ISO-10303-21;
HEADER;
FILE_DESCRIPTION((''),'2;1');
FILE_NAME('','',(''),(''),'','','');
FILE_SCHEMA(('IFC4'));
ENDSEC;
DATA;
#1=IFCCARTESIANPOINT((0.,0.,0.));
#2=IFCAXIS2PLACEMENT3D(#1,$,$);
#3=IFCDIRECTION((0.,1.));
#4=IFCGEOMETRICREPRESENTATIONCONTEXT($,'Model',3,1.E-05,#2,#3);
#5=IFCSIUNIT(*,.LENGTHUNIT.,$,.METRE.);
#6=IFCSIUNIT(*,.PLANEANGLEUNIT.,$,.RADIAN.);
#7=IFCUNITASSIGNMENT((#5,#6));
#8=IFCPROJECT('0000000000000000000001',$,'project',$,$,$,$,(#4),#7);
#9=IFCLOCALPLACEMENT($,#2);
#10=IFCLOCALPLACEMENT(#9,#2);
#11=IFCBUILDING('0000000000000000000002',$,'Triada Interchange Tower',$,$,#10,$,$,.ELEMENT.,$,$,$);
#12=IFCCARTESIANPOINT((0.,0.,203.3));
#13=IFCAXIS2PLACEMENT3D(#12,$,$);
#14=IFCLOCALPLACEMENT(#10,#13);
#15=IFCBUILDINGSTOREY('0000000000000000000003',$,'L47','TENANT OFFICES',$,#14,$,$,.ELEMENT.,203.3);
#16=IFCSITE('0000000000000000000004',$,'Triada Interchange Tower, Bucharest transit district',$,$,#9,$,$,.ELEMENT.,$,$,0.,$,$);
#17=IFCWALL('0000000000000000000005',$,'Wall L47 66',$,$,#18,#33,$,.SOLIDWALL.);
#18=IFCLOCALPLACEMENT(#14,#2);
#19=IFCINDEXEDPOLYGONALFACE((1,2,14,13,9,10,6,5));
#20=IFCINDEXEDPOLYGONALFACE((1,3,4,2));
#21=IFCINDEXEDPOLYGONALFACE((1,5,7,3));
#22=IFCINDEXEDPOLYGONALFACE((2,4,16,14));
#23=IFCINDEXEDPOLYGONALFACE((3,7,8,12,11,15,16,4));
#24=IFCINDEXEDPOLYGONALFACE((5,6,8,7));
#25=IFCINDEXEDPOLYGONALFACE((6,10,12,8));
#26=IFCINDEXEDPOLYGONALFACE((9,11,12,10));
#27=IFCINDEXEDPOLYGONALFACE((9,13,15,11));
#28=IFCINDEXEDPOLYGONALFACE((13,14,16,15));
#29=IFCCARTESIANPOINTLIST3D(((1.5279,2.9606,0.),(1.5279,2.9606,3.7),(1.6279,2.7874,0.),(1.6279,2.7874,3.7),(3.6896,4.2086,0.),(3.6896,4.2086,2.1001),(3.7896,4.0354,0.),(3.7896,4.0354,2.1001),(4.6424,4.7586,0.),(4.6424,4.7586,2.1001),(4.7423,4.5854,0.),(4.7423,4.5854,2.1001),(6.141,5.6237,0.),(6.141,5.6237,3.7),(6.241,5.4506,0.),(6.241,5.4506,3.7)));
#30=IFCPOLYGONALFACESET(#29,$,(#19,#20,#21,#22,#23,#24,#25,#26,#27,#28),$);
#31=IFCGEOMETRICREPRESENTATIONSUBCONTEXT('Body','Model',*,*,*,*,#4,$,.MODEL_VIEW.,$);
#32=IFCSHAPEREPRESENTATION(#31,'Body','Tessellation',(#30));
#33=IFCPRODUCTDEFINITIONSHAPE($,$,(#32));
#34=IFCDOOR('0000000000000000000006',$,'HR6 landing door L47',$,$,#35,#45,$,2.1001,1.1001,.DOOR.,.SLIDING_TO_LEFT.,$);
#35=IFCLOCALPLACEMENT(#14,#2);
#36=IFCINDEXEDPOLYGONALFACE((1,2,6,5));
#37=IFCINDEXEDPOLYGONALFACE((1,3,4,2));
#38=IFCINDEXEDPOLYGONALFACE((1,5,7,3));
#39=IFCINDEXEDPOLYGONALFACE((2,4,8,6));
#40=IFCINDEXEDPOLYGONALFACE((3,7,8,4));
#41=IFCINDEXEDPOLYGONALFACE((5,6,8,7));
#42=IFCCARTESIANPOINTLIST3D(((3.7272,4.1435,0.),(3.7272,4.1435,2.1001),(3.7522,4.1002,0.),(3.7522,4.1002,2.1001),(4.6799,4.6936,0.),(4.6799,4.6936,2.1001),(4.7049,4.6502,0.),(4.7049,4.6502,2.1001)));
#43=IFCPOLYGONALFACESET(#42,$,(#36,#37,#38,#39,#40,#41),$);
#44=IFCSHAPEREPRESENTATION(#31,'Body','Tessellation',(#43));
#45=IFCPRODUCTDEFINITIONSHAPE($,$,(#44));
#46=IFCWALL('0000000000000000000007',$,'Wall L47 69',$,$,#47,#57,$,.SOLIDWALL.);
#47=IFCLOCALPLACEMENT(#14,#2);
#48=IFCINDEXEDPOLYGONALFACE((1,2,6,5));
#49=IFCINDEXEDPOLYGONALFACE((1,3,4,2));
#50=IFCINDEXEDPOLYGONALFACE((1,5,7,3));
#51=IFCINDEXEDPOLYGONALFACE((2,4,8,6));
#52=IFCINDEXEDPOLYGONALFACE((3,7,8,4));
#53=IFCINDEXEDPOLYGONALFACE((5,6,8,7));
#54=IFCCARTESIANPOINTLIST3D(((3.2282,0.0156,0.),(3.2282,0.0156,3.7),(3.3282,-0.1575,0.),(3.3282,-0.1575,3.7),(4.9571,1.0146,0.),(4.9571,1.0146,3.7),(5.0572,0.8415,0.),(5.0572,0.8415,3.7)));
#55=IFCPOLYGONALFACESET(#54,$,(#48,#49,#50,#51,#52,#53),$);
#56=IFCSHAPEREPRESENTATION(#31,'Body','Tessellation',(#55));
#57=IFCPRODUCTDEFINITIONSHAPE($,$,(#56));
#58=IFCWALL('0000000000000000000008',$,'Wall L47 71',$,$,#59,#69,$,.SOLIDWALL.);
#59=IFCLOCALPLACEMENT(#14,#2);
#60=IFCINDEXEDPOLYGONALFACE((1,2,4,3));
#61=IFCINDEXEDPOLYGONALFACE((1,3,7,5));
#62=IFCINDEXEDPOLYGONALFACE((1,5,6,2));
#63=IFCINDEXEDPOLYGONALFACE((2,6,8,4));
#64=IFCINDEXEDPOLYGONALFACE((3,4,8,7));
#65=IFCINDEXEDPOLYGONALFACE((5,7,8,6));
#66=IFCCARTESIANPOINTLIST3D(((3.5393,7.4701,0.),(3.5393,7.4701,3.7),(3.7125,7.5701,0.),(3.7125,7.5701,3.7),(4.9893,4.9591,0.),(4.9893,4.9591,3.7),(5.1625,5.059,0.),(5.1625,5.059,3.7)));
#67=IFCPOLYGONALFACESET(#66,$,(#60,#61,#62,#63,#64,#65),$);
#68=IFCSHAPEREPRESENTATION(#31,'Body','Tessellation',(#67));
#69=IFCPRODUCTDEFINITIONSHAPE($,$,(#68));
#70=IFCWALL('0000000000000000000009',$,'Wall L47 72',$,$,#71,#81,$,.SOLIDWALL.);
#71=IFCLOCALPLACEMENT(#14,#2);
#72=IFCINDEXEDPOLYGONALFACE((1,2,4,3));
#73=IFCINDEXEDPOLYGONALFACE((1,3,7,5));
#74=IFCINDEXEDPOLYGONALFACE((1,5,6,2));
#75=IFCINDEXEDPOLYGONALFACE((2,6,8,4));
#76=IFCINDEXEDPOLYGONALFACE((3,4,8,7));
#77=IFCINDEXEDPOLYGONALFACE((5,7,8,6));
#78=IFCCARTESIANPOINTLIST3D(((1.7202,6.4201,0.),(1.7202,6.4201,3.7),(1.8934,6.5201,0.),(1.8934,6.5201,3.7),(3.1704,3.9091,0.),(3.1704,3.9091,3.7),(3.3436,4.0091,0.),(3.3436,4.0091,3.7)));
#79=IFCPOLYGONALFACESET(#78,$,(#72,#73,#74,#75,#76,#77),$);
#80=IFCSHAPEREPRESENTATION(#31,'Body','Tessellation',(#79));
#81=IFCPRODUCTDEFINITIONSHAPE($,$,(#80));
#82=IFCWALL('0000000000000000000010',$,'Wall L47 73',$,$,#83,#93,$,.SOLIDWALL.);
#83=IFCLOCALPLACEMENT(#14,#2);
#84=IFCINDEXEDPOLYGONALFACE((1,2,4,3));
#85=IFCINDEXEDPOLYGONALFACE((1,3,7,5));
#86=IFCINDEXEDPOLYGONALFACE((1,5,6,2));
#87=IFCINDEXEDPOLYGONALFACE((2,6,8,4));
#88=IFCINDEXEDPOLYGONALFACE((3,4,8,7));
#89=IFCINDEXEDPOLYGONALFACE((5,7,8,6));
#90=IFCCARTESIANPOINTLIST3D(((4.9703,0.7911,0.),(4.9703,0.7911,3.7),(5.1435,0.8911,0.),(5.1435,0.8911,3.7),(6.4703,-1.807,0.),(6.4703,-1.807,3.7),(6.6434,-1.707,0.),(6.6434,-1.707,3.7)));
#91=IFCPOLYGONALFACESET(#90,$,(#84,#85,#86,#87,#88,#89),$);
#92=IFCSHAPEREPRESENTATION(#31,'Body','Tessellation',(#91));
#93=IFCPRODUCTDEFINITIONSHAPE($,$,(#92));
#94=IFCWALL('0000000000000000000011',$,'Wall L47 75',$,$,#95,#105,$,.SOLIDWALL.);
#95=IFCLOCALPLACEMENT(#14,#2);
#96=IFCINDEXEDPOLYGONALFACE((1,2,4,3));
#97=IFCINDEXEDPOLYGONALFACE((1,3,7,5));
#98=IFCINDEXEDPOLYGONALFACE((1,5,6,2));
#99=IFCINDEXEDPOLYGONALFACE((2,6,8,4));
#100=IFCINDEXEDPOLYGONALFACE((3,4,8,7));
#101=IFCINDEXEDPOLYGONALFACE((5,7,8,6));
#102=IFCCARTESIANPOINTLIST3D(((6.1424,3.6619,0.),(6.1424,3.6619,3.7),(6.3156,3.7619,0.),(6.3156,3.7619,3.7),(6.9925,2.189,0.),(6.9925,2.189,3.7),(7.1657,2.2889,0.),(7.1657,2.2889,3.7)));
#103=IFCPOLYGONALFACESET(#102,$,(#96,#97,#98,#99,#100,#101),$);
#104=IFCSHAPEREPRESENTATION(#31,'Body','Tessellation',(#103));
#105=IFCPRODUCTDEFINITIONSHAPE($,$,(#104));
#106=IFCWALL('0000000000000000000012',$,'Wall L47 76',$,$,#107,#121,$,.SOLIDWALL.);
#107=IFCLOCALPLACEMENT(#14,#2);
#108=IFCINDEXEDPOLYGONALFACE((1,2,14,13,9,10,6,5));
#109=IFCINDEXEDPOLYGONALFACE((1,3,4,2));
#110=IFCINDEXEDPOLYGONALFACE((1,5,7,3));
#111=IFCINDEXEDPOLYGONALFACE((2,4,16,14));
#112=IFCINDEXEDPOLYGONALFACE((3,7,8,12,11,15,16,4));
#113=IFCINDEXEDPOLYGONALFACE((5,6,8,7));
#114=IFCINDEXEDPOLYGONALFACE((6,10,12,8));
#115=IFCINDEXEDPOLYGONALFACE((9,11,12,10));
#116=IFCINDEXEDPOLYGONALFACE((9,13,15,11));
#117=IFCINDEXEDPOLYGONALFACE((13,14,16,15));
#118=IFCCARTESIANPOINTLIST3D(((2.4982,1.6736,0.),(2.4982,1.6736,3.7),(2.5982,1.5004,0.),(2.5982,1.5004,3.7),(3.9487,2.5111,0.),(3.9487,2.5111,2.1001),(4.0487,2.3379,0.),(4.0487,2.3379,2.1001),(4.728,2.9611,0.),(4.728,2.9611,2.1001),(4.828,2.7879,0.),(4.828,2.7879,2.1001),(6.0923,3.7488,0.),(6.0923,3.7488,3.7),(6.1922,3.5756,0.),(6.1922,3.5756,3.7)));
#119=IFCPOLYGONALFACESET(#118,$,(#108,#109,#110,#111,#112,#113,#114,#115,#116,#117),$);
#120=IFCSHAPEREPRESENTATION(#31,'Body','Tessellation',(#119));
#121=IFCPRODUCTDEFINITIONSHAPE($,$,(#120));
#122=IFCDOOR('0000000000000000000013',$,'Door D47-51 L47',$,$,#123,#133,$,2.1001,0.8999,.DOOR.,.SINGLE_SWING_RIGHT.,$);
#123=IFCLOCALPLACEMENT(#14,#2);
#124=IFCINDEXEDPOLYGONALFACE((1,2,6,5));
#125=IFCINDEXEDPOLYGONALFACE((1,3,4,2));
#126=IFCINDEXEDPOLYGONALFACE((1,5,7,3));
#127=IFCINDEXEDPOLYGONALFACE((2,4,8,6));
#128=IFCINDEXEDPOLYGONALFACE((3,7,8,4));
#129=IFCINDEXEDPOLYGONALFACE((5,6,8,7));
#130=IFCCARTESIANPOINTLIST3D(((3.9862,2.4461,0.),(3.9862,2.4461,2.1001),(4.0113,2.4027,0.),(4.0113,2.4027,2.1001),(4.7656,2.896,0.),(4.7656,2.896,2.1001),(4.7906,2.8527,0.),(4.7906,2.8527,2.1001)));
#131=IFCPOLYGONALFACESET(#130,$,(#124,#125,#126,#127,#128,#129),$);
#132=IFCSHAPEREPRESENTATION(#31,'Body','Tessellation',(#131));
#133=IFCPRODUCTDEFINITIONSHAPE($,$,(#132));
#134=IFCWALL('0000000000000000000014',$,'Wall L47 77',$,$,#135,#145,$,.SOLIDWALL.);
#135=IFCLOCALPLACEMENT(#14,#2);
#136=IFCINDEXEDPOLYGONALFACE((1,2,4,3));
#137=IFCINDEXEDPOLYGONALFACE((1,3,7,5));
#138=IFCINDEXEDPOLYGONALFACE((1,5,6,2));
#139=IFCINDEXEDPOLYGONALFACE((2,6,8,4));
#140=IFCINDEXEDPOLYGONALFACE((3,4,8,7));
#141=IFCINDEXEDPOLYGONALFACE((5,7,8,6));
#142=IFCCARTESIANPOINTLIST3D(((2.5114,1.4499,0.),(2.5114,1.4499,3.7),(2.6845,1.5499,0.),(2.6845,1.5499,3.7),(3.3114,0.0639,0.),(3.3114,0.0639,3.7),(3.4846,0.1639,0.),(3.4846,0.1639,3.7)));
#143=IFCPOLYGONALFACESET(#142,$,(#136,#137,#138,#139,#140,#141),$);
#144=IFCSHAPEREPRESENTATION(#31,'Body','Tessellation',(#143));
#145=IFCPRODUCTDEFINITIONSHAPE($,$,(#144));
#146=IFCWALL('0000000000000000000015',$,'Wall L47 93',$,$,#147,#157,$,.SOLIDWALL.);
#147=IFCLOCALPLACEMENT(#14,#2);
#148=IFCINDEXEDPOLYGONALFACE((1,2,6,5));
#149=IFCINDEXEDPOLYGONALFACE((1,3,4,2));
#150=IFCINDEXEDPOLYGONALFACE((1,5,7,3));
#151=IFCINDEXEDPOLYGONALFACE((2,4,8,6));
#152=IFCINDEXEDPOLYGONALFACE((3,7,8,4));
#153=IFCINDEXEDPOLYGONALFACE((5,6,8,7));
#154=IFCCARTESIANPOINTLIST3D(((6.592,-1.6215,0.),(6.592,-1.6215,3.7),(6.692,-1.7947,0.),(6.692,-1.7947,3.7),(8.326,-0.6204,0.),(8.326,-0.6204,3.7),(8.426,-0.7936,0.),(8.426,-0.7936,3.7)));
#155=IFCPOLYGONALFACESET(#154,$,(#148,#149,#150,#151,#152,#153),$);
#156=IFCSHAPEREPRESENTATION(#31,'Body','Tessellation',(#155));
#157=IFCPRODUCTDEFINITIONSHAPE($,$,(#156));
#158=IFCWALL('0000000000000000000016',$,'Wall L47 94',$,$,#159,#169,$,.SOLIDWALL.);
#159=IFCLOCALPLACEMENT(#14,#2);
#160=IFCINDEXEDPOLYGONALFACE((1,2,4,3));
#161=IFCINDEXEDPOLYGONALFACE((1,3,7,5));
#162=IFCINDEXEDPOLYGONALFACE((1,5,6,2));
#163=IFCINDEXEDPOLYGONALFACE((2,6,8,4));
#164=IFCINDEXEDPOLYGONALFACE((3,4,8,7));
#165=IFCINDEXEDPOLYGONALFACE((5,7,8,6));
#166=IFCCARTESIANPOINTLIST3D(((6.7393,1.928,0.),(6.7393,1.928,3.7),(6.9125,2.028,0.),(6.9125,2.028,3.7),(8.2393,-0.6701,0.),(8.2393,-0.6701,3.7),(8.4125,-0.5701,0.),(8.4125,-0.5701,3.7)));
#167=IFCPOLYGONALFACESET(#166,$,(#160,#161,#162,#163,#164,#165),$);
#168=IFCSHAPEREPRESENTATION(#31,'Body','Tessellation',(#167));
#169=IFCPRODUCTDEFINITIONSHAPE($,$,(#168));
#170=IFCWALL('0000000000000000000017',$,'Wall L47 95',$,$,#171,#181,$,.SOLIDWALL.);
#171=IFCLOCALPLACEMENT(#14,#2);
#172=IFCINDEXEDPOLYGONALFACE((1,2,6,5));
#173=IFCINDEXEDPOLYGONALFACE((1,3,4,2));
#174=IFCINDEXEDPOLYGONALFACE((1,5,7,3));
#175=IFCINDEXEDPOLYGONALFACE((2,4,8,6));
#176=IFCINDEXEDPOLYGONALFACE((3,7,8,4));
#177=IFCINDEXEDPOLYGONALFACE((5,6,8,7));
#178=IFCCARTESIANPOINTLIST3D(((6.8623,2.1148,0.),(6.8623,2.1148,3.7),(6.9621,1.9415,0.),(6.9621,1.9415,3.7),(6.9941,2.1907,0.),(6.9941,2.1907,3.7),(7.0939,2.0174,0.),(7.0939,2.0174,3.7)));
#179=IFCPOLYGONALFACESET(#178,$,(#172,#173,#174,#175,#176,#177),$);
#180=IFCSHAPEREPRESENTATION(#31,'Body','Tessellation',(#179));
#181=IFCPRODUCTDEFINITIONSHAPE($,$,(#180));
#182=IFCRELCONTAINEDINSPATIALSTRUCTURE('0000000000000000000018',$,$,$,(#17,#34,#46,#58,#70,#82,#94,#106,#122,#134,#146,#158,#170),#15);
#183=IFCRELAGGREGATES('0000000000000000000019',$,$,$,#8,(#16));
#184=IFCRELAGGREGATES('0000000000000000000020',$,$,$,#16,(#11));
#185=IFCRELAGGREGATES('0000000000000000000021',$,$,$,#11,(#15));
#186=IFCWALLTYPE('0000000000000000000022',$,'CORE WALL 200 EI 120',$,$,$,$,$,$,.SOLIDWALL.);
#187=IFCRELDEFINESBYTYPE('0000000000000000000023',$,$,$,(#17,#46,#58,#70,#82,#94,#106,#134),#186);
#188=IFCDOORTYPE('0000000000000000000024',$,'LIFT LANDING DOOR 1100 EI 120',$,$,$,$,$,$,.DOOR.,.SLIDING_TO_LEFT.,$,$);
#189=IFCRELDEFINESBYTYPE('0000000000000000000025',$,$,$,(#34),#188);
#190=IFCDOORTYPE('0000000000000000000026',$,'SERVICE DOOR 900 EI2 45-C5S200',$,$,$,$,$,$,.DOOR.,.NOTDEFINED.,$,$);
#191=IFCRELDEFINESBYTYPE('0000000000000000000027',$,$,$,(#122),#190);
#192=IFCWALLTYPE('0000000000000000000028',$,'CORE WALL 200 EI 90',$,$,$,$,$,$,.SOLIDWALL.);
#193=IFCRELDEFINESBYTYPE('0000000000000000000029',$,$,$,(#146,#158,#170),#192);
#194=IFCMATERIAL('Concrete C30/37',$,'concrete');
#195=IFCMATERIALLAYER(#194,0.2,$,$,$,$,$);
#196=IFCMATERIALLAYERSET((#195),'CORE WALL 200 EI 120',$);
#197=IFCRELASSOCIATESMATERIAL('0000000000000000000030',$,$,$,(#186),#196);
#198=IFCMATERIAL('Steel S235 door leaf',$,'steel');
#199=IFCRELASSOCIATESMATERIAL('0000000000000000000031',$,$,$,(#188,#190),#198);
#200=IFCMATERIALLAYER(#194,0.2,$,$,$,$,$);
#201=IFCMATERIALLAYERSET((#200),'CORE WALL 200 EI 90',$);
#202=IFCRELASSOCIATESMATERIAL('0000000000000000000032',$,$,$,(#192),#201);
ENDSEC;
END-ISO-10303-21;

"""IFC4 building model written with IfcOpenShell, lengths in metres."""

from ifc_helpers import new_model, si_unit, direction, frame, frame_2d, origin, place, context, subcontext, project, spatial, rectangle, extrude, material, layer, layer_set, type_object, element, fill, save


model = new_model("IFC4")

# Units and contexts
model_context = context("Model", 3, precision=1e-05, world=origin(), true_north=direction((0.0, 1.0)))
body_context = subcontext(model_context, "Body", "Model", "MODEL_VIEW")
ifc_project = project(units=[si_unit("LENGTHUNIT", "METRE"), si_unit("PLANEANGLEUNIT", "RADIAN")], contexts=[model_context])

# Site, building, storey
site_placement = place(None, origin())
site = spatial("IfcSite", under=ifc_project, at=site_placement, Name="Triada Interchange Tower, Bucharest transit district", CompositionType="ELEMENT", RefElevation=0.0)
building_placement = place(site_placement, origin())
building = spatial("IfcBuilding", under=site, at=building_placement, Name="Triada Interchange Tower", CompositionType="ELEMENT")
storey_placement = place(building_placement, frame((0.0, 0.0, 203.3)))
storey = spatial("IfcBuildingStorey", under=building, at=storey_placement, Name="L47", Description="TENANT OFFICES", CompositionType="ELEMENT", Elevation=203.3)

# Shared definitions
ifc_material_1 = material(Name="Concrete C30/37", Category="concrete")
ifc_layer_1 = layer(ifc_material_1, 0.2)
ifc_layer_set_1 = layer_set([ifc_layer_1], Name="CORE WALL 200 EI 120")
wall_type_1 = type_object("IfcWallType", Name="CORE WALL 200 EI 120", PredefinedType="SOLIDWALL", material=ifc_layer_set_1)
ifc_material_2 = material(Name="Steel S235 door leaf", Category="steel")
door_type_1 = type_object("IfcDoorType", Name="LIFT LANDING DOOR 1100 EI 120", OperationType="SLIDING_TO_LEFT", PredefinedType="DOOR", material=ifc_material_2)

# Wall, opening, door
wall_1_placement = place(storey_placement, frame((1.5779, 2.874, 0.0), z_axis=(0.0, 0.0, 1.0), x_axis=(0.866046, 0.499964, 0.0)))
wall_1 = element("IfcWall", 1, at=wall_1_placement, inside=storey, type_object=wall_type_1, Name="Wall L47 66", PredefinedType="SOLIDWALL", context=body_context, shape_type="SweptSolid", body=[
    extrude(rectangle(XDim=5.3267, YDim=0.2, at=frame_2d((2.6633, 0.0))), origin(), (0.0, 0.0, 1.0), 3.7),
])
opening_1_placement = place(wall_1_placement, frame((2.4961, 0.0, 0.0)))
opening_1 = element("IfcOpeningElement", 2, at=opening_1_placement, cuts=wall_1, PredefinedType="OPENING", context=body_context, shape_type="SweptSolid", body=[
    extrude(rectangle(XDim=1.1001, YDim=2.1001, at=frame_2d((0.55, 1.05))), frame((0.0, 0.1099, 0.0), z_axis=(0.0, -1.0, 0.0), x_axis=(1.0, 0.0, 0.0)), (0.0, 0.0, 1.0), 0.22),
])
door_1_placement = place(opening_1_placement, origin())
door_1 = element("IfcDoor", 3, at=door_1_placement, inside=storey, type_object=door_type_1, Name="HR6 landing door L47", OperationType="SLIDING_TO_LEFT", OverallHeight=2.1001, OverallWidth=1.1001, PredefinedType="DOOR", context=body_context, shape_type="SweptSolid", body=[
    extrude(rectangle(XDim=1.1001, YDim=2.1001, at=frame_2d((0.55, 1.05))), frame((0.0, 0.0249, 0.0), z_axis=(0.0, -1.0, 0.0), x_axis=(1.0, 0.0, 0.0)), (0.0, 0.0, 1.0), 0.05),
])
fill(opening_1, door_1)

# Walls
wall_2_placement = place(storey_placement, frame((3.2781, -0.071, 0.0), z_axis=(0.0, 0.0, 1.0), x_axis=(0.865856, 0.500294, 0.0)))
element("IfcWall", 4, at=wall_2_placement, inside=storey, type_object=wall_type_1, Name="Wall L47 69", PredefinedType="SOLIDWALL", context=body_context, shape_type="SweptSolid", body=[
    extrude(rectangle(XDim=1.9968, YDim=0.2, at=frame_2d((0.9985, 0.0))), origin(), (0.0, 0.0, 1.0), 3.7),
])
for number, where, z_axis, x_axis, name in (
    (5, (3.626, 7.52, 0.0), (0.0, 0.0, 1.0), (0.50006, -0.865991, 0.0), "Wall L47 71"),
    (6, (1.8069, 6.47, 0.0), (0.0, 0.0, 1.0), (0.500123, -0.865954, 0.0), "Wall L47 72"),
):
    element("IfcWall", number, at=place(storey_placement, frame(where, z_axis=z_axis, x_axis=x_axis)), inside=storey, type_object=wall_type_1, Name=name, PredefinedType="SOLIDWALL", context=body_context, shape_type="SweptSolid", body=[
        extrude(rectangle(XDim=2.8997, YDim=0.2, at=frame_2d((1.4497, 0.0))), origin(), (0.0, 0.0, 1.0), 3.7),
    ])
wall_3_placement = place(storey_placement, frame((5.0569, 0.8411, 0.0), z_axis=(0.0, 0.0, 1.0), x_axis=(0.49999, -0.866031, 0.0)))
element("IfcWall", 7, at=wall_3_placement, inside=storey, type_object=wall_type_1, Name="Wall L47 73", PredefinedType="SOLIDWALL", context=body_context, shape_type="SweptSolid", body=[
    extrude(rectangle(XDim=3.0, YDim=0.2, at=frame_2d((1.5, 0.0))), origin(), (0.0, 0.0, 1.0), 3.7),
])
wall_4_placement = place(storey_placement, frame((6.229, 3.7119, 0.0), z_axis=(0.0, 0.0, 1.0), x_axis=(0.499876, -0.866097, 0.0)))
element("IfcWall", 8, at=wall_4_placement, inside=storey, type_object=wall_type_1, Name="Wall L47 75", PredefinedType="SOLIDWALL", context=body_context, shape_type="SweptSolid", body=[
    extrude(rectangle(XDim=1.7007, YDim=0.2, at=frame_2d((0.8503, 0.0))), origin(), (0.0, 0.0, 1.0), 3.7),
])

# Wall, opening, door
wall_5_placement = place(storey_placement, frame((2.5481, 1.5869, 0.0), z_axis=(0.0, 0.0, 1.0), x_axis=(0.866004, 0.500036, 0.0)))
wall_5 = element("IfcWall", 9, at=wall_5_placement, inside=storey, type_object=wall_type_1, Name="Wall L47 76", PredefinedType="SOLIDWALL", context=body_context, shape_type="SweptSolid", body=[
    extrude(rectangle(XDim=4.1501, YDim=0.2, at=frame_2d((2.0752, 0.0))), origin(), (0.0, 0.0, 1.0), 3.7),
])
opening_2_placement = place(wall_5_placement, frame((1.675, 0.0, 0.0)))
opening_2 = element("IfcOpeningElement", 10, at=opening_2_placement, cuts=wall_5, PredefinedType="OPENING", context=body_context, shape_type="SweptSolid", body=[
    extrude(rectangle(XDim=0.8999, YDim=2.1001, at=frame_2d((0.45, 1.05))), frame((0.0, 0.1099, 0.0), z_axis=(0.0, -1.0, 0.0), x_axis=(1.0, 0.0, 0.0)), (0.0, 0.0, 1.0), 0.22),
])
door_type_2 = type_object("IfcDoorType", Name="SERVICE DOOR 900 EI2 45-C5S200", OperationType="NOTDEFINED", PredefinedType="DOOR", material=ifc_material_2)
door_2_placement = place(opening_2_placement, origin())
door_2 = element("IfcDoor", 11, at=door_2_placement, inside=storey, type_object=door_type_2, Name="Door D47-51 L47", OperationType="SINGLE_SWING_RIGHT", OverallHeight=2.1001, OverallWidth=0.8999, PredefinedType="DOOR", context=body_context, shape_type="SweptSolid", body=[
    extrude(rectangle(XDim=0.8999, YDim=2.1001, at=frame_2d((0.45, 1.05))), frame((0.0, 0.0249, 0.0), z_axis=(0.0, -1.0, 0.0), x_axis=(1.0, 0.0, 0.0)), (0.0, 0.0, 1.0), 0.05),
])
fill(opening_2, door_2)

# Walls
wall_6_placement = place(storey_placement, frame((2.5979, 1.5, 0.0), z_axis=(0.0, 0.0, 1.0), x_axis=(0.499929, -0.866066, 0.0)))
element("IfcWall", 12, at=wall_6_placement, inside=storey, type_object=wall_type_1, Name="Wall L47 77", PredefinedType="SOLIDWALL", context=body_context, shape_type="SweptSolid", body=[
    extrude(rectangle(XDim=1.6003, YDim=0.2, at=frame_2d((0.8003, 0.0))), origin(), (0.0, 0.0, 1.0), 3.7),
])
ifc_layer_2 = layer(ifc_material_1, 0.2)
ifc_layer_set_2 = layer_set([ifc_layer_2], Name="CORE WALL 200 EI 90")
wall_type_2 = type_object("IfcWallType", Name="CORE WALL 200 EI 90", PredefinedType="SOLIDWALL", material=ifc_layer_set_2)
wall_7_placement = place(storey_placement, frame((6.6421, -1.708, 0.0), z_axis=(0.0, 0.0, 1.0), x_axis=(0.866043, 0.499969, 0.0)))
element("IfcWall", 13, at=wall_7_placement, inside=storey, type_object=wall_type_2, Name="Wall L47 93", PredefinedType="SOLIDWALL", context=body_context, shape_type="SweptSolid", body=[
    extrude(rectangle(XDim=2.0022, YDim=0.2, at=frame_2d((1.001, 0.0))), origin(), (0.0, 0.0, 1.0), 3.7),
])
wall_8_placement = place(storey_placement, frame((6.8259, 1.978, 0.0), z_axis=(0.0, 0.0, 1.0), x_axis=(0.49999, -0.866031, 0.0)))
element("IfcWall", 14, at=wall_8_placement, inside=storey, type_object=wall_type_2, Name="Wall L47 94", PredefinedType="SOLIDWALL", context=body_context, shape_type="SweptSolid", body=[
    extrude(rectangle(XDim=3.0, YDim=0.2, at=frame_2d((1.5, 0.0))), origin(), (0.0, 0.0, 1.0), 3.7),
])
wall_9_placement = place(storey_placement, frame((6.9121, 2.0281, 0.0), z_axis=(0.0, 0.0, 1.0), x_axis=(0.866559, 0.499074, 0.0)))
element("IfcWall", 15, at=wall_9_placement, inside=storey, type_object=wall_type_2, Name="Wall L47 95", PredefinedType="SOLIDWALL", context=body_context, shape_type="SweptSolid", body=[
    extrude(rectangle(XDim=0.1521, YDim=0.2, at=frame_2d((0.0762, 0.0))), origin(), (0.0, 0.0, 1.0), 3.7),
])

save(model, "model.ifc")
